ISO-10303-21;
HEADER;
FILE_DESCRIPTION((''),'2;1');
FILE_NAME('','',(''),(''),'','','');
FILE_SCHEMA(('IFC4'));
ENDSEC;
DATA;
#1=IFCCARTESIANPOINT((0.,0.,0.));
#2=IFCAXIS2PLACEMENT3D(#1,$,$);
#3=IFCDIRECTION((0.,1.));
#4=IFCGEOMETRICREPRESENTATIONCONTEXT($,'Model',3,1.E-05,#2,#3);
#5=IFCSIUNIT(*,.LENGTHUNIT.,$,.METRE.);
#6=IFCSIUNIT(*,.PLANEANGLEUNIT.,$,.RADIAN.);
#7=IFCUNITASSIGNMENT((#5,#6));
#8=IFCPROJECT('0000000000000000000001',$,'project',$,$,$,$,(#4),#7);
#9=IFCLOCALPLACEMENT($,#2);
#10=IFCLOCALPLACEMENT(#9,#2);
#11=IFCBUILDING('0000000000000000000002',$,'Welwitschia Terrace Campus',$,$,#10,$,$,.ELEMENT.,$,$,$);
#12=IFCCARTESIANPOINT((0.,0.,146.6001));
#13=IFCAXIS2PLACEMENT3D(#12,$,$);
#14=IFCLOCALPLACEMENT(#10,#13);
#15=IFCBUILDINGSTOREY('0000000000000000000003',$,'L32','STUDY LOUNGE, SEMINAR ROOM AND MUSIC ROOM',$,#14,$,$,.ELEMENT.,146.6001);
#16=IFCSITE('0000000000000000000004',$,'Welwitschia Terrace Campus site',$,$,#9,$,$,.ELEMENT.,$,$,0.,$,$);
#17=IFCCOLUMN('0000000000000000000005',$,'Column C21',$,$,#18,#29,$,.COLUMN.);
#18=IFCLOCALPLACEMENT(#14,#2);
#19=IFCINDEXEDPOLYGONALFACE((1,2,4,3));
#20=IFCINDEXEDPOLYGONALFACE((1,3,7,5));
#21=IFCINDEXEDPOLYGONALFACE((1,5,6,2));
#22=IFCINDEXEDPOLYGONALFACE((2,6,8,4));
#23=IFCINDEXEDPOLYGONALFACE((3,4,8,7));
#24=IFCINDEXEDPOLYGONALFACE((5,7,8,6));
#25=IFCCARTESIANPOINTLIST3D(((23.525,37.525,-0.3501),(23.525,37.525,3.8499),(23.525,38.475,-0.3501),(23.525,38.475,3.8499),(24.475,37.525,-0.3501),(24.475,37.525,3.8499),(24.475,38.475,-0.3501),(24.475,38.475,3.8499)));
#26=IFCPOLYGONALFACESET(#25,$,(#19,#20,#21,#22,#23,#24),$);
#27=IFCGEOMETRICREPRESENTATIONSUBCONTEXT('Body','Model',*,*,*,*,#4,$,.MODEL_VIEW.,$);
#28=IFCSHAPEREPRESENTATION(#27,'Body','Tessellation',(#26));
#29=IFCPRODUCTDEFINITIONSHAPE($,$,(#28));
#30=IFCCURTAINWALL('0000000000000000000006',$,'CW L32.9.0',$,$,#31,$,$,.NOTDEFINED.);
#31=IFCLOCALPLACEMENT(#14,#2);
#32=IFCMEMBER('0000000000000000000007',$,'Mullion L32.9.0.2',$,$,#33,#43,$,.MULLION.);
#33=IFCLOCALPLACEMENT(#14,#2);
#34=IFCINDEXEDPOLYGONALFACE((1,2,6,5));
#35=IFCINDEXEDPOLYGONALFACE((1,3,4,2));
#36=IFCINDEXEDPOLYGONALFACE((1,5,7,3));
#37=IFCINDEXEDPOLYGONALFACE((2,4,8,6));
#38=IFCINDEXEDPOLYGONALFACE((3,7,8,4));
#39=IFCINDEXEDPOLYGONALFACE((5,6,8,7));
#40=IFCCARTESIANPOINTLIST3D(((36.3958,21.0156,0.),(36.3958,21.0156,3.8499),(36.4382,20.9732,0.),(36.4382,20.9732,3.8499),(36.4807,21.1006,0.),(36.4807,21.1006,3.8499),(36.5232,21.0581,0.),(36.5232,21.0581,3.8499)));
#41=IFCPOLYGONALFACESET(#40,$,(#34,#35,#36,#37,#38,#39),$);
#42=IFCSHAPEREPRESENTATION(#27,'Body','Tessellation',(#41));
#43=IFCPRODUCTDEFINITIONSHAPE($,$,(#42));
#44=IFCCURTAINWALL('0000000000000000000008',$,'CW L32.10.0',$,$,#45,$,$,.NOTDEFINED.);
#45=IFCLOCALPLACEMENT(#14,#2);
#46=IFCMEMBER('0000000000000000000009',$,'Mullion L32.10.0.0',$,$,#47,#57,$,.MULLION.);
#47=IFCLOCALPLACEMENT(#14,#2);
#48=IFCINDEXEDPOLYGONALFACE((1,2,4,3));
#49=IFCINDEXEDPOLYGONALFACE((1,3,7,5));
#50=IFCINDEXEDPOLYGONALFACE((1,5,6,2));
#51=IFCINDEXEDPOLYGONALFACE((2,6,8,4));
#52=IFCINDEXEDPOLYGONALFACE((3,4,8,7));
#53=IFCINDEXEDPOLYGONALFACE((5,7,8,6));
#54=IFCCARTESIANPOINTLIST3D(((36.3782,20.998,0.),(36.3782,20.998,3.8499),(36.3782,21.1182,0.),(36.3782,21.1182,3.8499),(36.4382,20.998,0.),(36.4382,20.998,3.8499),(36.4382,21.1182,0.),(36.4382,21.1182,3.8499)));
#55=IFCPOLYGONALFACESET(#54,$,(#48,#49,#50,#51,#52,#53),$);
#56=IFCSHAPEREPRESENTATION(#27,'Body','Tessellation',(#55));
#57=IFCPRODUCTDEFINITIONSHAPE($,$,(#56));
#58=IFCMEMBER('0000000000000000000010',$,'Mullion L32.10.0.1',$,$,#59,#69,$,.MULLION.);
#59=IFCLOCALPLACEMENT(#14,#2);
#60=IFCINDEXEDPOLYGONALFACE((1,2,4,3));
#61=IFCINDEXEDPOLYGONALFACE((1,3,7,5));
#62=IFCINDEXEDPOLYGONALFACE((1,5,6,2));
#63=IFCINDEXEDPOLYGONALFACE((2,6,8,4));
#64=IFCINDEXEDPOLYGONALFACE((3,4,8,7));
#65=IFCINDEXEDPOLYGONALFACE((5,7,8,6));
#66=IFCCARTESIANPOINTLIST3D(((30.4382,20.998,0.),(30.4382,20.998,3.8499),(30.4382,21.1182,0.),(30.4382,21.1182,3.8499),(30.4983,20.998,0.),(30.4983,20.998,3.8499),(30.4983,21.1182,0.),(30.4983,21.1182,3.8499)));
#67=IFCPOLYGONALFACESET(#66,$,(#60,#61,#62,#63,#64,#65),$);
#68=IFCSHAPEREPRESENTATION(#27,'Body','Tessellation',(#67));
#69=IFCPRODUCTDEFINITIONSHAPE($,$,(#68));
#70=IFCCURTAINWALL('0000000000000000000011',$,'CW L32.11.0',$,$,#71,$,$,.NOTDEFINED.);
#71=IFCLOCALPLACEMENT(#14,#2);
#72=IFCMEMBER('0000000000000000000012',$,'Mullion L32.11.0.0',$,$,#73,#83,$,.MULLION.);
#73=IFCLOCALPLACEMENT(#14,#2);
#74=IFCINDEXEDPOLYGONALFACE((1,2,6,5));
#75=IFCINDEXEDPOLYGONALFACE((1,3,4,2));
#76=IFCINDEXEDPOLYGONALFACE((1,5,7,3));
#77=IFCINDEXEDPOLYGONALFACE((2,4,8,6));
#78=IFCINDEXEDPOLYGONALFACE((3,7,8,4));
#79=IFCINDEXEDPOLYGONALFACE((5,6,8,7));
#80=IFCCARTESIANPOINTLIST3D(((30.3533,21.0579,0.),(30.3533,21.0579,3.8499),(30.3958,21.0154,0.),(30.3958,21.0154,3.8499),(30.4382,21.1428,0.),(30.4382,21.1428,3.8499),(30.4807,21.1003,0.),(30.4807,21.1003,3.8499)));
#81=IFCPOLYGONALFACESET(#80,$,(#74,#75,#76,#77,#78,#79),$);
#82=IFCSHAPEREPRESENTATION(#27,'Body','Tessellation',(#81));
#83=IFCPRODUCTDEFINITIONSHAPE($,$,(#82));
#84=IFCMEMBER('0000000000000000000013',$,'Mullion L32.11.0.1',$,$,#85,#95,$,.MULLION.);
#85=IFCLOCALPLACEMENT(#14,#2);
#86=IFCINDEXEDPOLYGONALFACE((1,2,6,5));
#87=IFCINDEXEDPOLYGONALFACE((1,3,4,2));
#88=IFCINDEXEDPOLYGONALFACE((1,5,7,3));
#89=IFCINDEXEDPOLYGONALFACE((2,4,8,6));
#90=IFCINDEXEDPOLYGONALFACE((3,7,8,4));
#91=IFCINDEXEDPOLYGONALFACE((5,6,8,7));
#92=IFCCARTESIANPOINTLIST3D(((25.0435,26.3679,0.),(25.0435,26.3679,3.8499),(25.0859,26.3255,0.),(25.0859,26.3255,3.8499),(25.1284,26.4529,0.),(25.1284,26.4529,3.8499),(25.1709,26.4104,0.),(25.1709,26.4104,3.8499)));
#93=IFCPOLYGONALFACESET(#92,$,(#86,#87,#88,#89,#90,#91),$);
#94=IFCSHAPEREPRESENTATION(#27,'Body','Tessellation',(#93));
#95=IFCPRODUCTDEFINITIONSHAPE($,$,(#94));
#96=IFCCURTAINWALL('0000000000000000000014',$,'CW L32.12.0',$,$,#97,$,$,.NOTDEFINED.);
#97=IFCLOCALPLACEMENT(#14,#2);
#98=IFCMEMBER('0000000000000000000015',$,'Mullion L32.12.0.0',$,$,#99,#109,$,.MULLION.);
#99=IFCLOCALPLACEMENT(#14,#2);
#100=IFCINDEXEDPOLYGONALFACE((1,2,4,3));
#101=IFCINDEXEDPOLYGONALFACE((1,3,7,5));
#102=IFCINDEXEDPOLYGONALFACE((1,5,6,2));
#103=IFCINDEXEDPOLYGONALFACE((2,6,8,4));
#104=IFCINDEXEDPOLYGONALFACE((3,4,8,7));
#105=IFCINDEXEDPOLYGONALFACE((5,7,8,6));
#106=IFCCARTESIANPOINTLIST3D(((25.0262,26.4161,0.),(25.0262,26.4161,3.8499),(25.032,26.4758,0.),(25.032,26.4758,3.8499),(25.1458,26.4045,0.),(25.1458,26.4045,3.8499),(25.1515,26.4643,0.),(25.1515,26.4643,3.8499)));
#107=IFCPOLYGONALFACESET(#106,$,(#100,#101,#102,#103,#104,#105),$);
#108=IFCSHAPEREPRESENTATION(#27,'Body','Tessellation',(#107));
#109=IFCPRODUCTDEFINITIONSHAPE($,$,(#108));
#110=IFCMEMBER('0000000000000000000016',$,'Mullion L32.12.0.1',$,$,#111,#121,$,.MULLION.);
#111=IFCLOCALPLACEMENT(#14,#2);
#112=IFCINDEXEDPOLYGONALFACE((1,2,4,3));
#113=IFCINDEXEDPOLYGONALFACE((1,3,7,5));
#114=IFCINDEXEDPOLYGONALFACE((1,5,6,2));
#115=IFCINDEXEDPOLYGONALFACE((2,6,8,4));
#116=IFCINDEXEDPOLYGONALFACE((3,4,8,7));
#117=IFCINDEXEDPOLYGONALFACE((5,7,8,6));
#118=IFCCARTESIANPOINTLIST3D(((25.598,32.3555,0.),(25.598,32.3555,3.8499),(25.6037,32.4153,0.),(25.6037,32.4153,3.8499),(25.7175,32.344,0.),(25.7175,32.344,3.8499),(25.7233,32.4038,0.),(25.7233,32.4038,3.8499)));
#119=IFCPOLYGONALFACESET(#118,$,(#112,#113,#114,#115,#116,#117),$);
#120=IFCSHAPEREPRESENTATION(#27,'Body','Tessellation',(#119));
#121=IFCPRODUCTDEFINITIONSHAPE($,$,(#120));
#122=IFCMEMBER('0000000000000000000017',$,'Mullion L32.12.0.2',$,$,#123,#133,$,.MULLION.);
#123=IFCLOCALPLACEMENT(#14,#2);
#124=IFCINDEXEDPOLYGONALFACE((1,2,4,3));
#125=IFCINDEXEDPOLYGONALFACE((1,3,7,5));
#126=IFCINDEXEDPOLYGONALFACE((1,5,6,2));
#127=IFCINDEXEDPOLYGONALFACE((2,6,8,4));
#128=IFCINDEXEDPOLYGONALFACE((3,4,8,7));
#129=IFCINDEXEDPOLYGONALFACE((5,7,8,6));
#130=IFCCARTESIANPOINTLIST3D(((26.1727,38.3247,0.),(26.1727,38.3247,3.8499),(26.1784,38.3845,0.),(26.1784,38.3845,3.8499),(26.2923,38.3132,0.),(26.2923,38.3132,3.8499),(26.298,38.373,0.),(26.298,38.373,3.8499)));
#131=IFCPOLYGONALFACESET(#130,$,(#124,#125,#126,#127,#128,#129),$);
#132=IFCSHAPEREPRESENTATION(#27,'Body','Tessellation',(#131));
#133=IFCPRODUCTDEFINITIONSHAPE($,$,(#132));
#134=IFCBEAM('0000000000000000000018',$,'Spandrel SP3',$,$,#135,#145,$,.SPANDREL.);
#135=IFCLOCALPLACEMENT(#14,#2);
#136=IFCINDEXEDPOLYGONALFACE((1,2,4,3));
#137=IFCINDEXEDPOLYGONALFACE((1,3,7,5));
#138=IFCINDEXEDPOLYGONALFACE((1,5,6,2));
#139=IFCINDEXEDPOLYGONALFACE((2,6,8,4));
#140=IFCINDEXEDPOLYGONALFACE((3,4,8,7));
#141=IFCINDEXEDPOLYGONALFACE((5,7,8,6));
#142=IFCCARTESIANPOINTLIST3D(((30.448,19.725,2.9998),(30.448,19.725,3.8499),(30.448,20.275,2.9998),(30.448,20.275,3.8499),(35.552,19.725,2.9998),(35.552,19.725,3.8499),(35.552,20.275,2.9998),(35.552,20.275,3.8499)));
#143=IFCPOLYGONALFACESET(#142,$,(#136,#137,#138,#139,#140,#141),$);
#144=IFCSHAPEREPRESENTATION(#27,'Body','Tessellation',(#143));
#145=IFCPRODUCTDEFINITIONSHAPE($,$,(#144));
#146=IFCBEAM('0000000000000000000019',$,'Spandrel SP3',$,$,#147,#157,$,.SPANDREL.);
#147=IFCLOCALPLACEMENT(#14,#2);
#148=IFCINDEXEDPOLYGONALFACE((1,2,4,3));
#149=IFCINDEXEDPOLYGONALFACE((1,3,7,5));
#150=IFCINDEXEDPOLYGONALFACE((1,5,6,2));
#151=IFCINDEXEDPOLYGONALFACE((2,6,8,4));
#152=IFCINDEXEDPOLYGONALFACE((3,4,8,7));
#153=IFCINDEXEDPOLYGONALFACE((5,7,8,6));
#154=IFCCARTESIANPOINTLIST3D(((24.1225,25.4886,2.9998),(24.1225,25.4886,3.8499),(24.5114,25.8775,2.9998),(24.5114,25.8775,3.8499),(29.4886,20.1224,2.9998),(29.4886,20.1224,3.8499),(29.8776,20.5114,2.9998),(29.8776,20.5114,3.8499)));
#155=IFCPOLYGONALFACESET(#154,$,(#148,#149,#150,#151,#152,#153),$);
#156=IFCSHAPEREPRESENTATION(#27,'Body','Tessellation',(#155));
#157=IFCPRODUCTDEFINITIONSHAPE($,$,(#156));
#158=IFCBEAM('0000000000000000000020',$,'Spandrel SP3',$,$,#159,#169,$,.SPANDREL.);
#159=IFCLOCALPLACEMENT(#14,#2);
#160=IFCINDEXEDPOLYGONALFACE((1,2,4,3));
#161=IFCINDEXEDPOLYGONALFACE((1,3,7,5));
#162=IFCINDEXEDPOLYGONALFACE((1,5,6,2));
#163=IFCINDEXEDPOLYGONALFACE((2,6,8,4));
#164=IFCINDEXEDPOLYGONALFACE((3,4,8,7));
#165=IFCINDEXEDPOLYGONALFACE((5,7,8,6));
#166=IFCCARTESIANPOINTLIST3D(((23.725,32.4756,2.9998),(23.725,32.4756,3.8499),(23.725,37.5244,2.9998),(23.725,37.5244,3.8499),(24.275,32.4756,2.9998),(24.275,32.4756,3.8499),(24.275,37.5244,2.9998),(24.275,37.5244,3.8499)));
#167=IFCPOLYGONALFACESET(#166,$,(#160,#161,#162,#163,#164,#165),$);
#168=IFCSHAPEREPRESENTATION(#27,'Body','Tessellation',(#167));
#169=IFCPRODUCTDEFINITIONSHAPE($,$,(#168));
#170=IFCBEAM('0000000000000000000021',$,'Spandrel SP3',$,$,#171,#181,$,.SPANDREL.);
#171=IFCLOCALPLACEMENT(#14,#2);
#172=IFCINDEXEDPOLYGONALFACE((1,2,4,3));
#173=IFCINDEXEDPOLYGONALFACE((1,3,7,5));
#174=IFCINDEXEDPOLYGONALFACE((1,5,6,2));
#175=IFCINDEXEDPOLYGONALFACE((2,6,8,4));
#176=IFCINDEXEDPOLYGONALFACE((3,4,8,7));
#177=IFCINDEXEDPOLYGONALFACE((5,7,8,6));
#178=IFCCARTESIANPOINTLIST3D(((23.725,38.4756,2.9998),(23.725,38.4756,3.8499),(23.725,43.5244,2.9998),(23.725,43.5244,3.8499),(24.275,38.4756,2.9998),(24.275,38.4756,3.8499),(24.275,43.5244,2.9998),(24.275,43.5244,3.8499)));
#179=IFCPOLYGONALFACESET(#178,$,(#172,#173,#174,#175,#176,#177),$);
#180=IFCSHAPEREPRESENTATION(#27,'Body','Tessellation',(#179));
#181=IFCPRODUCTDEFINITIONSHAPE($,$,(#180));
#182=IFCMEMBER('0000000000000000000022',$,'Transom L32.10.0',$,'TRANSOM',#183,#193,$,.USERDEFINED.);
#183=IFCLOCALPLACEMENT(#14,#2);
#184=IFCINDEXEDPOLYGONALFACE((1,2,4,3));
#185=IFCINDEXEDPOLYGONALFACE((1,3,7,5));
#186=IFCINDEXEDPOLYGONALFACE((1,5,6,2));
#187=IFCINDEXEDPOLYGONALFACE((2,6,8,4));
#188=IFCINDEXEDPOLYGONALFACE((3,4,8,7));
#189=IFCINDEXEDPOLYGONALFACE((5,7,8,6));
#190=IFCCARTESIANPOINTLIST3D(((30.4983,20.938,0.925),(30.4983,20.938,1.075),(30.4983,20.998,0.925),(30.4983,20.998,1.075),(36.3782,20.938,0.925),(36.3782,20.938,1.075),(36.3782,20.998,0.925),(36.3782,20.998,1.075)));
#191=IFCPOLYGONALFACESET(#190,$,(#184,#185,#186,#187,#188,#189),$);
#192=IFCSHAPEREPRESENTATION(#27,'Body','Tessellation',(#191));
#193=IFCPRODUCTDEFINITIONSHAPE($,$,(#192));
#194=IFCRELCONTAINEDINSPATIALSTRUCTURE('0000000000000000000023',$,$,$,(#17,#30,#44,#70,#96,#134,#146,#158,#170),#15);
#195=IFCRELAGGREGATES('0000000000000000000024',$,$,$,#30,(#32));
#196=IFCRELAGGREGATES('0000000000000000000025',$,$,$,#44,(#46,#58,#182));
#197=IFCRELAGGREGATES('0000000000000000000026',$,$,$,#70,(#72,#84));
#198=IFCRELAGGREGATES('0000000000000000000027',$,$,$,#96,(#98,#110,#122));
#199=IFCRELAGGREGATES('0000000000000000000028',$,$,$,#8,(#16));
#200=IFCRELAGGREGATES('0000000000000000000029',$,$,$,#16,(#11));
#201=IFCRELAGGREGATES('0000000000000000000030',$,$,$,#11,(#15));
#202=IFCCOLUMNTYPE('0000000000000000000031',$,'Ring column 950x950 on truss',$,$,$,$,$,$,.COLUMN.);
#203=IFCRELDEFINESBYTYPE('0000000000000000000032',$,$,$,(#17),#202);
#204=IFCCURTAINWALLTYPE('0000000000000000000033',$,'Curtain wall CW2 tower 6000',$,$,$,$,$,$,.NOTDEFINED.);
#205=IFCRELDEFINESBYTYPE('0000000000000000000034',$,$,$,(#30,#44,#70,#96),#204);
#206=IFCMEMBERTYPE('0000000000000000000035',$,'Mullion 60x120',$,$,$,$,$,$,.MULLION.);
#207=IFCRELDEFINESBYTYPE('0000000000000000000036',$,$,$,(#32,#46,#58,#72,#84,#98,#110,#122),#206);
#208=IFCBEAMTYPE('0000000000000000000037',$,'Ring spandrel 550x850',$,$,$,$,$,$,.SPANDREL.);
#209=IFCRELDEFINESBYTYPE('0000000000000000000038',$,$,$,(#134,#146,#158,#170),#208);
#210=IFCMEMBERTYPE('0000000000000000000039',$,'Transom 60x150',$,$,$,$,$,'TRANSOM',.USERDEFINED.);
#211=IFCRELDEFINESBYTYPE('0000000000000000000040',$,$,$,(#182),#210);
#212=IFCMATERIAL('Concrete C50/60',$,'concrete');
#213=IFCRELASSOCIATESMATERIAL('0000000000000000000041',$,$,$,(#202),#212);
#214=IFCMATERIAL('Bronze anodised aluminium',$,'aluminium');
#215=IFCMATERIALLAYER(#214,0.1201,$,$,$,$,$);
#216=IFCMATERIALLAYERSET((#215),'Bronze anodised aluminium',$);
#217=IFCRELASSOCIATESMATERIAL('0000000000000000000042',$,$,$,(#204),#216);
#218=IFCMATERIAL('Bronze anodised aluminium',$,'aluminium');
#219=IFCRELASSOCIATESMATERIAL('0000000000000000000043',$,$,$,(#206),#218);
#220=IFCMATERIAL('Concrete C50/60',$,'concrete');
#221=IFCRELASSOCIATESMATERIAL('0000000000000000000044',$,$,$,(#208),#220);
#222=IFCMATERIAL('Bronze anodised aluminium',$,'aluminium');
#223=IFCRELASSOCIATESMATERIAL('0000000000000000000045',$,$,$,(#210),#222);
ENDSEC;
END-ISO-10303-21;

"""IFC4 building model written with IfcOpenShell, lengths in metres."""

from ifc_helpers import new_model, si_unit, direction, frame, origin, origin_2d, place, context, subcontext, project, spatial, rectangle, extrude, material, layer, layer_set, material_profile, profile_set, type_object, element, aggregate, save


model = new_model("IFC4")

# Units and contexts
model_context = context("Model", 3, precision=1e-05, world=origin(), true_north=direction((0.0, 1.0)))
body_context = subcontext(model_context, "Body", "Model", "MODEL_VIEW")
ifc_project = project(units=[si_unit("LENGTHUNIT", "METRE"), si_unit("PLANEANGLEUNIT", "RADIAN")], contexts=[model_context])

# Site, building, storey
site_placement = place(None, origin())
site = spatial("IfcSite", under=ifc_project, at=site_placement, Name="Welwitschia Terrace Campus site", CompositionType="ELEMENT", RefElevation=0.0)
building_placement = place(site_placement, origin())
building = spatial("IfcBuilding", under=site, at=building_placement, Name="Welwitschia Terrace Campus", CompositionType="ELEMENT")
storey_placement = place(building_placement, frame((0.0, 0.0, 146.6001)))
storey = spatial("IfcBuildingStorey", under=building, at=storey_placement, Name="L32", Description="STUDY LOUNGE, SEMINAR ROOM AND MUSIC ROOM", CompositionType="ELEMENT", Elevation=146.6001)

# Column
ifc_material_1 = material(Name="Concrete C50/60", Category="concrete")
ifc_material_profile_1 = material_profile(ifc_material_1, rectangle(XDim=0.95, YDim=0.95, at=origin_2d()))
ifc_profile_set_1 = profile_set([ifc_material_profile_1], Name="Concrete C50/60")
column_type = type_object("IfcColumnType", Name="Ring column 950x950 on truss", PredefinedType="COLUMN", material=ifc_profile_set_1)
column_placement = place(storey_placement, frame((24.0, 38.0, -0.3501), z_axis=(0.0, 0.0, 1.0), x_axis=(1.0, 0.0, 0.0)))
element("IfcColumn", 1, at=column_placement, inside=storey, type_object=column_type, Name="Column C21", PredefinedType="COLUMN", context=body_context, shape_type="SweptSolid", body=[
    extrude(rectangle(XDim=0.95, YDim=0.95, at=origin_2d()), origin(), (0.0, 0.0, 1.0), 4.2),
])

# Curtain wall, member
ifc_material_2 = material(Name="Bronze anodised aluminium", Category="aluminium")
ifc_layer_1 = layer(ifc_material_2, 0.1201)
ifc_layer_set_1 = layer_set([ifc_layer_1], Name="Bronze anodised aluminium")
curtain_wall_type = type_object("IfcCurtainWallType", Name="Curtain wall CW2 tower 6000", PredefinedType="NOTDEFINED", material=ifc_layer_set_1)
curtain_wall_1_placement = place(storey_placement, origin())
curtain_wall_1 = element("IfcCurtainWall", 2, at=curtain_wall_1_placement, inside=storey, type_object=curtain_wall_type, Name="CW L32.9.0", PredefinedType="NOTDEFINED")
ifc_material_3 = material(Name="Bronze anodised aluminium", Category="aluminium")
ifc_material_profile_2 = material_profile(ifc_material_3, rectangle(XDim=0.1201, YDim=0.0601, at=origin_2d()))
ifc_profile_set_2 = profile_set([ifc_material_profile_2], Name="Bronze anodised aluminium")
member_type_1 = type_object("IfcMemberType", Name="Mullion 60x120", PredefinedType="MULLION", material=ifc_profile_set_2)
member_1_placement = place(storey_placement, frame((36.4595, 21.0369, 0.0), z_axis=(0.0, 0.0, 1.0), x_axis=(-0.707107, -0.707107, 0.0)))
member_1 = element("IfcMember", 3, at=member_1_placement, type_object=member_type_1, Name="Mullion L32.9.0.2", PredefinedType="MULLION", context=body_context, shape_type="SweptSolid", body=[
    extrude(rectangle(XDim=0.1201, YDim=0.0601, at=origin_2d()), origin(), (0.0, 0.0, 1.0), 3.8499),
])
aggregate(curtain_wall_1, [member_1])

# Curtain walls, members
curtain_wall_2_placement = place(storey_placement, origin())
curtain_wall_2 = element("IfcCurtainWall", 4, at=curtain_wall_2_placement, inside=storey, type_object=curtain_wall_type, Name="CW L32.10.0", PredefinedType="NOTDEFINED")
member_2_placement = place(storey_placement, frame((36.4082, 21.0581, 0.0), z_axis=(0.0, 0.0, 1.0), x_axis=(0.0, -1.0, 0.0)))
member_2 = element("IfcMember", 5, at=member_2_placement, type_object=member_type_1, Name="Mullion L32.10.0.0", PredefinedType="MULLION", context=body_context, shape_type="SweptSolid", body=[
    extrude(rectangle(XDim=0.1201, YDim=0.0601, at=origin_2d()), origin(), (0.0, 0.0, 1.0), 3.8499),
])
member_3_placement = place(storey_placement, frame((30.4683, 21.0581, 0.0), z_axis=(0.0, 0.0, 1.0), x_axis=(0.0, -1.0, 0.0)))
member_3 = element("IfcMember", 6, at=member_3_placement, type_object=member_type_1, Name="Mullion L32.10.0.1", PredefinedType="MULLION", context=body_context, shape_type="SweptSolid", body=[
    extrude(rectangle(XDim=0.1201, YDim=0.0601, at=origin_2d()), origin(), (0.0, 0.0, 1.0), 3.8499),
])
curtain_wall_3_placement = place(storey_placement, origin())
curtain_wall_3 = element("IfcCurtainWall", 7, at=curtain_wall_3_placement, inside=storey, type_object=curtain_wall_type, Name="CW L32.11.0", PredefinedType="NOTDEFINED")
member_4_placement = place(storey_placement, frame((30.417, 21.0791, 0.0), z_axis=(0.0, 0.0, 1.0), x_axis=(-0.707107, -0.707107, 0.0)))
member_4 = element("IfcMember", 8, at=member_4_placement, type_object=member_type_1, Name="Mullion L32.11.0.0", PredefinedType="MULLION", context=body_context, shape_type="SweptSolid", body=[
    extrude(rectangle(XDim=0.1201, YDim=0.0601, at=origin_2d()), origin(), (0.0, 0.0, 1.0), 3.8499),
])
member_5_placement = place(storey_placement, frame((25.1072, 26.3892, 0.0), z_axis=(0.0, 0.0, 1.0), x_axis=(-0.707107, -0.707107, 0.0)))
member_5 = element("IfcMember", 9, at=member_5_placement, type_object=member_type_1, Name="Mullion L32.11.0.1", PredefinedType="MULLION", context=body_context, shape_type="SweptSolid", body=[
    extrude(rectangle(XDim=0.1201, YDim=0.0601, at=origin_2d()), origin(), (0.0, 0.0, 1.0), 3.8499),
])
curtain_wall_4_placement = place(storey_placement, origin())
curtain_wall_4 = element("IfcCurtainWall", 10, at=curtain_wall_4_placement, inside=storey, type_object=curtain_wall_type, Name="CW L32.12.0", PredefinedType="NOTDEFINED")
member_6_placement = place(storey_placement, frame((25.0889, 26.4402, 0.0), z_axis=(0.0, 0.0, 1.0), x_axis=(-0.995396, 0.095846, 0.0)))
member_6 = element("IfcMember", 11, at=member_6_placement, type_object=member_type_1, Name="Mullion L32.12.0.0", PredefinedType="MULLION", context=body_context, shape_type="SweptSolid", body=[
    extrude(rectangle(XDim=0.1201, YDim=0.0601, at=origin_2d()), origin(), (0.0, 0.0, 1.0), 3.8499),
])
member_7_placement = place(storey_placement, frame((25.6606, 32.3796, 0.0), z_axis=(0.0, 0.0, 1.0), x_axis=(-0.995396, 0.095846, 0.0)))
member_7 = element("IfcMember", 12, at=member_7_placement, type_object=member_type_1, Name="Mullion L32.12.0.1", PredefinedType="MULLION", context=body_context, shape_type="SweptSolid", body=[
    extrude(rectangle(XDim=0.1201, YDim=0.0601, at=origin_2d()), origin(), (0.0, 0.0, 1.0), 3.8499),
])
member_8_placement = place(storey_placement, frame((26.2354, 38.3489, 0.0), z_axis=(0.0, 0.0, 1.0), x_axis=(-0.995396, 0.095846, 0.0)))
member_8 = element("IfcMember", 13, at=member_8_placement, type_object=member_type_1, Name="Mullion L32.12.0.2", PredefinedType="MULLION", context=body_context, shape_type="SweptSolid", body=[
    extrude(rectangle(XDim=0.1201, YDim=0.0601, at=origin_2d()), origin(), (0.0, 0.0, 1.0), 3.8499),
])

# Beams
ifc_material_4 = material(Name="Concrete C50/60", Category="concrete")
ifc_material_profile_3 = material_profile(ifc_material_4, rectangle(XDim=0.55, YDim=0.8501, at=origin_2d()))
ifc_profile_set_3 = profile_set([ifc_material_profile_3], Name="Concrete C50/60")
beam_type = type_object("IfcBeamType", Name="Ring spandrel 550x850", PredefinedType="SPANDREL", material=ifc_profile_set_3)
beam_1_placement = place(storey_placement, frame((35.552, 20.0, 3.4248), z_axis=(-1.0, 0.0, 0.0), x_axis=(0.0, -1.0, 0.0)))
element("IfcBeam", 14, at=beam_1_placement, inside=storey, type_object=beam_type, Name="Spandrel SP3", PredefinedType="SPANDREL", context=body_context, shape_type="SweptSolid", body=[
    extrude(rectangle(XDim=0.55, YDim=0.8501, at=origin_2d()), origin(), (0.0, 0.0, 1.0), 5.104),
])
beam_2_placement = place(storey_placement, frame((29.6831, 20.3169, 3.4248), z_axis=(-0.707107, 0.707107, 0.0), x_axis=(-0.707107, -0.707107, 0.0)))
element("IfcBeam", 15, at=beam_2_placement, inside=storey, type_object=beam_type, Name="Spandrel SP3", PredefinedType="SPANDREL", context=body_context, shape_type="SweptSolid", body=[
    extrude(rectangle(XDim=0.55, YDim=0.8501, at=origin_2d()), origin(), (0.0, 0.0, 1.0), 7.5889),
])
for number, where, z_axis, x_axis, name in (
    (16, (24.0, 32.4756, 3.4248), (0.0, 1.0, 0.0), (-1.0, 0.0, 0.0), "Spandrel SP3"),
    (17, (24.0, 38.4756, 3.4248), (0.0, 1.0, 0.0), (-1.0, 0.0, 0.0), "Spandrel SP3"),
):
    element("IfcBeam", number, at=place(storey_placement, frame(where, z_axis=z_axis, x_axis=x_axis)), inside=storey, type_object=beam_type, Name=name, PredefinedType="SPANDREL", context=body_context, shape_type="SweptSolid", body=[
        extrude(rectangle(XDim=0.55, YDim=0.8501, at=origin_2d()), origin(), (0.0, 0.0, 1.0), 5.0488),
    ])

# Member
ifc_material_5 = material(Name="Bronze anodised aluminium", Category="aluminium")
ifc_material_profile_4 = material_profile(ifc_material_5, rectangle(XDim=0.0601, YDim=0.1499, at=origin_2d()))
ifc_profile_set_4 = profile_set([ifc_material_profile_4], Name="Bronze anodised aluminium")
member_type_2 = type_object("IfcMemberType", Name="Transom 60x150", ElementType="TRANSOM", PredefinedType="USERDEFINED", material=ifc_profile_set_4)
member_9_placement = place(storey_placement, frame((36.3782, 20.968, 1.0), z_axis=(-1.0, 0.0, 0.0), x_axis=(0.0, -1.0, 0.0)))
member_9 = element("IfcMember", 18, at=member_9_placement, type_object=member_type_2, Name="Transom L32.10.0", ObjectType="TRANSOM", PredefinedType="USERDEFINED", context=body_context, shape_type="SweptSolid", body=[
    extrude(rectangle(XDim=0.0601, YDim=0.1499, at=origin_2d()), origin(), (0.0, 0.0, 1.0), 5.8799),
])

aggregate(curtain_wall_2, [member_2, member_3, member_9])
aggregate(curtain_wall_3, [member_4, member_5])
aggregate(curtain_wall_4, [member_6, member_7, member_8])

save(model, "model.ifc")
